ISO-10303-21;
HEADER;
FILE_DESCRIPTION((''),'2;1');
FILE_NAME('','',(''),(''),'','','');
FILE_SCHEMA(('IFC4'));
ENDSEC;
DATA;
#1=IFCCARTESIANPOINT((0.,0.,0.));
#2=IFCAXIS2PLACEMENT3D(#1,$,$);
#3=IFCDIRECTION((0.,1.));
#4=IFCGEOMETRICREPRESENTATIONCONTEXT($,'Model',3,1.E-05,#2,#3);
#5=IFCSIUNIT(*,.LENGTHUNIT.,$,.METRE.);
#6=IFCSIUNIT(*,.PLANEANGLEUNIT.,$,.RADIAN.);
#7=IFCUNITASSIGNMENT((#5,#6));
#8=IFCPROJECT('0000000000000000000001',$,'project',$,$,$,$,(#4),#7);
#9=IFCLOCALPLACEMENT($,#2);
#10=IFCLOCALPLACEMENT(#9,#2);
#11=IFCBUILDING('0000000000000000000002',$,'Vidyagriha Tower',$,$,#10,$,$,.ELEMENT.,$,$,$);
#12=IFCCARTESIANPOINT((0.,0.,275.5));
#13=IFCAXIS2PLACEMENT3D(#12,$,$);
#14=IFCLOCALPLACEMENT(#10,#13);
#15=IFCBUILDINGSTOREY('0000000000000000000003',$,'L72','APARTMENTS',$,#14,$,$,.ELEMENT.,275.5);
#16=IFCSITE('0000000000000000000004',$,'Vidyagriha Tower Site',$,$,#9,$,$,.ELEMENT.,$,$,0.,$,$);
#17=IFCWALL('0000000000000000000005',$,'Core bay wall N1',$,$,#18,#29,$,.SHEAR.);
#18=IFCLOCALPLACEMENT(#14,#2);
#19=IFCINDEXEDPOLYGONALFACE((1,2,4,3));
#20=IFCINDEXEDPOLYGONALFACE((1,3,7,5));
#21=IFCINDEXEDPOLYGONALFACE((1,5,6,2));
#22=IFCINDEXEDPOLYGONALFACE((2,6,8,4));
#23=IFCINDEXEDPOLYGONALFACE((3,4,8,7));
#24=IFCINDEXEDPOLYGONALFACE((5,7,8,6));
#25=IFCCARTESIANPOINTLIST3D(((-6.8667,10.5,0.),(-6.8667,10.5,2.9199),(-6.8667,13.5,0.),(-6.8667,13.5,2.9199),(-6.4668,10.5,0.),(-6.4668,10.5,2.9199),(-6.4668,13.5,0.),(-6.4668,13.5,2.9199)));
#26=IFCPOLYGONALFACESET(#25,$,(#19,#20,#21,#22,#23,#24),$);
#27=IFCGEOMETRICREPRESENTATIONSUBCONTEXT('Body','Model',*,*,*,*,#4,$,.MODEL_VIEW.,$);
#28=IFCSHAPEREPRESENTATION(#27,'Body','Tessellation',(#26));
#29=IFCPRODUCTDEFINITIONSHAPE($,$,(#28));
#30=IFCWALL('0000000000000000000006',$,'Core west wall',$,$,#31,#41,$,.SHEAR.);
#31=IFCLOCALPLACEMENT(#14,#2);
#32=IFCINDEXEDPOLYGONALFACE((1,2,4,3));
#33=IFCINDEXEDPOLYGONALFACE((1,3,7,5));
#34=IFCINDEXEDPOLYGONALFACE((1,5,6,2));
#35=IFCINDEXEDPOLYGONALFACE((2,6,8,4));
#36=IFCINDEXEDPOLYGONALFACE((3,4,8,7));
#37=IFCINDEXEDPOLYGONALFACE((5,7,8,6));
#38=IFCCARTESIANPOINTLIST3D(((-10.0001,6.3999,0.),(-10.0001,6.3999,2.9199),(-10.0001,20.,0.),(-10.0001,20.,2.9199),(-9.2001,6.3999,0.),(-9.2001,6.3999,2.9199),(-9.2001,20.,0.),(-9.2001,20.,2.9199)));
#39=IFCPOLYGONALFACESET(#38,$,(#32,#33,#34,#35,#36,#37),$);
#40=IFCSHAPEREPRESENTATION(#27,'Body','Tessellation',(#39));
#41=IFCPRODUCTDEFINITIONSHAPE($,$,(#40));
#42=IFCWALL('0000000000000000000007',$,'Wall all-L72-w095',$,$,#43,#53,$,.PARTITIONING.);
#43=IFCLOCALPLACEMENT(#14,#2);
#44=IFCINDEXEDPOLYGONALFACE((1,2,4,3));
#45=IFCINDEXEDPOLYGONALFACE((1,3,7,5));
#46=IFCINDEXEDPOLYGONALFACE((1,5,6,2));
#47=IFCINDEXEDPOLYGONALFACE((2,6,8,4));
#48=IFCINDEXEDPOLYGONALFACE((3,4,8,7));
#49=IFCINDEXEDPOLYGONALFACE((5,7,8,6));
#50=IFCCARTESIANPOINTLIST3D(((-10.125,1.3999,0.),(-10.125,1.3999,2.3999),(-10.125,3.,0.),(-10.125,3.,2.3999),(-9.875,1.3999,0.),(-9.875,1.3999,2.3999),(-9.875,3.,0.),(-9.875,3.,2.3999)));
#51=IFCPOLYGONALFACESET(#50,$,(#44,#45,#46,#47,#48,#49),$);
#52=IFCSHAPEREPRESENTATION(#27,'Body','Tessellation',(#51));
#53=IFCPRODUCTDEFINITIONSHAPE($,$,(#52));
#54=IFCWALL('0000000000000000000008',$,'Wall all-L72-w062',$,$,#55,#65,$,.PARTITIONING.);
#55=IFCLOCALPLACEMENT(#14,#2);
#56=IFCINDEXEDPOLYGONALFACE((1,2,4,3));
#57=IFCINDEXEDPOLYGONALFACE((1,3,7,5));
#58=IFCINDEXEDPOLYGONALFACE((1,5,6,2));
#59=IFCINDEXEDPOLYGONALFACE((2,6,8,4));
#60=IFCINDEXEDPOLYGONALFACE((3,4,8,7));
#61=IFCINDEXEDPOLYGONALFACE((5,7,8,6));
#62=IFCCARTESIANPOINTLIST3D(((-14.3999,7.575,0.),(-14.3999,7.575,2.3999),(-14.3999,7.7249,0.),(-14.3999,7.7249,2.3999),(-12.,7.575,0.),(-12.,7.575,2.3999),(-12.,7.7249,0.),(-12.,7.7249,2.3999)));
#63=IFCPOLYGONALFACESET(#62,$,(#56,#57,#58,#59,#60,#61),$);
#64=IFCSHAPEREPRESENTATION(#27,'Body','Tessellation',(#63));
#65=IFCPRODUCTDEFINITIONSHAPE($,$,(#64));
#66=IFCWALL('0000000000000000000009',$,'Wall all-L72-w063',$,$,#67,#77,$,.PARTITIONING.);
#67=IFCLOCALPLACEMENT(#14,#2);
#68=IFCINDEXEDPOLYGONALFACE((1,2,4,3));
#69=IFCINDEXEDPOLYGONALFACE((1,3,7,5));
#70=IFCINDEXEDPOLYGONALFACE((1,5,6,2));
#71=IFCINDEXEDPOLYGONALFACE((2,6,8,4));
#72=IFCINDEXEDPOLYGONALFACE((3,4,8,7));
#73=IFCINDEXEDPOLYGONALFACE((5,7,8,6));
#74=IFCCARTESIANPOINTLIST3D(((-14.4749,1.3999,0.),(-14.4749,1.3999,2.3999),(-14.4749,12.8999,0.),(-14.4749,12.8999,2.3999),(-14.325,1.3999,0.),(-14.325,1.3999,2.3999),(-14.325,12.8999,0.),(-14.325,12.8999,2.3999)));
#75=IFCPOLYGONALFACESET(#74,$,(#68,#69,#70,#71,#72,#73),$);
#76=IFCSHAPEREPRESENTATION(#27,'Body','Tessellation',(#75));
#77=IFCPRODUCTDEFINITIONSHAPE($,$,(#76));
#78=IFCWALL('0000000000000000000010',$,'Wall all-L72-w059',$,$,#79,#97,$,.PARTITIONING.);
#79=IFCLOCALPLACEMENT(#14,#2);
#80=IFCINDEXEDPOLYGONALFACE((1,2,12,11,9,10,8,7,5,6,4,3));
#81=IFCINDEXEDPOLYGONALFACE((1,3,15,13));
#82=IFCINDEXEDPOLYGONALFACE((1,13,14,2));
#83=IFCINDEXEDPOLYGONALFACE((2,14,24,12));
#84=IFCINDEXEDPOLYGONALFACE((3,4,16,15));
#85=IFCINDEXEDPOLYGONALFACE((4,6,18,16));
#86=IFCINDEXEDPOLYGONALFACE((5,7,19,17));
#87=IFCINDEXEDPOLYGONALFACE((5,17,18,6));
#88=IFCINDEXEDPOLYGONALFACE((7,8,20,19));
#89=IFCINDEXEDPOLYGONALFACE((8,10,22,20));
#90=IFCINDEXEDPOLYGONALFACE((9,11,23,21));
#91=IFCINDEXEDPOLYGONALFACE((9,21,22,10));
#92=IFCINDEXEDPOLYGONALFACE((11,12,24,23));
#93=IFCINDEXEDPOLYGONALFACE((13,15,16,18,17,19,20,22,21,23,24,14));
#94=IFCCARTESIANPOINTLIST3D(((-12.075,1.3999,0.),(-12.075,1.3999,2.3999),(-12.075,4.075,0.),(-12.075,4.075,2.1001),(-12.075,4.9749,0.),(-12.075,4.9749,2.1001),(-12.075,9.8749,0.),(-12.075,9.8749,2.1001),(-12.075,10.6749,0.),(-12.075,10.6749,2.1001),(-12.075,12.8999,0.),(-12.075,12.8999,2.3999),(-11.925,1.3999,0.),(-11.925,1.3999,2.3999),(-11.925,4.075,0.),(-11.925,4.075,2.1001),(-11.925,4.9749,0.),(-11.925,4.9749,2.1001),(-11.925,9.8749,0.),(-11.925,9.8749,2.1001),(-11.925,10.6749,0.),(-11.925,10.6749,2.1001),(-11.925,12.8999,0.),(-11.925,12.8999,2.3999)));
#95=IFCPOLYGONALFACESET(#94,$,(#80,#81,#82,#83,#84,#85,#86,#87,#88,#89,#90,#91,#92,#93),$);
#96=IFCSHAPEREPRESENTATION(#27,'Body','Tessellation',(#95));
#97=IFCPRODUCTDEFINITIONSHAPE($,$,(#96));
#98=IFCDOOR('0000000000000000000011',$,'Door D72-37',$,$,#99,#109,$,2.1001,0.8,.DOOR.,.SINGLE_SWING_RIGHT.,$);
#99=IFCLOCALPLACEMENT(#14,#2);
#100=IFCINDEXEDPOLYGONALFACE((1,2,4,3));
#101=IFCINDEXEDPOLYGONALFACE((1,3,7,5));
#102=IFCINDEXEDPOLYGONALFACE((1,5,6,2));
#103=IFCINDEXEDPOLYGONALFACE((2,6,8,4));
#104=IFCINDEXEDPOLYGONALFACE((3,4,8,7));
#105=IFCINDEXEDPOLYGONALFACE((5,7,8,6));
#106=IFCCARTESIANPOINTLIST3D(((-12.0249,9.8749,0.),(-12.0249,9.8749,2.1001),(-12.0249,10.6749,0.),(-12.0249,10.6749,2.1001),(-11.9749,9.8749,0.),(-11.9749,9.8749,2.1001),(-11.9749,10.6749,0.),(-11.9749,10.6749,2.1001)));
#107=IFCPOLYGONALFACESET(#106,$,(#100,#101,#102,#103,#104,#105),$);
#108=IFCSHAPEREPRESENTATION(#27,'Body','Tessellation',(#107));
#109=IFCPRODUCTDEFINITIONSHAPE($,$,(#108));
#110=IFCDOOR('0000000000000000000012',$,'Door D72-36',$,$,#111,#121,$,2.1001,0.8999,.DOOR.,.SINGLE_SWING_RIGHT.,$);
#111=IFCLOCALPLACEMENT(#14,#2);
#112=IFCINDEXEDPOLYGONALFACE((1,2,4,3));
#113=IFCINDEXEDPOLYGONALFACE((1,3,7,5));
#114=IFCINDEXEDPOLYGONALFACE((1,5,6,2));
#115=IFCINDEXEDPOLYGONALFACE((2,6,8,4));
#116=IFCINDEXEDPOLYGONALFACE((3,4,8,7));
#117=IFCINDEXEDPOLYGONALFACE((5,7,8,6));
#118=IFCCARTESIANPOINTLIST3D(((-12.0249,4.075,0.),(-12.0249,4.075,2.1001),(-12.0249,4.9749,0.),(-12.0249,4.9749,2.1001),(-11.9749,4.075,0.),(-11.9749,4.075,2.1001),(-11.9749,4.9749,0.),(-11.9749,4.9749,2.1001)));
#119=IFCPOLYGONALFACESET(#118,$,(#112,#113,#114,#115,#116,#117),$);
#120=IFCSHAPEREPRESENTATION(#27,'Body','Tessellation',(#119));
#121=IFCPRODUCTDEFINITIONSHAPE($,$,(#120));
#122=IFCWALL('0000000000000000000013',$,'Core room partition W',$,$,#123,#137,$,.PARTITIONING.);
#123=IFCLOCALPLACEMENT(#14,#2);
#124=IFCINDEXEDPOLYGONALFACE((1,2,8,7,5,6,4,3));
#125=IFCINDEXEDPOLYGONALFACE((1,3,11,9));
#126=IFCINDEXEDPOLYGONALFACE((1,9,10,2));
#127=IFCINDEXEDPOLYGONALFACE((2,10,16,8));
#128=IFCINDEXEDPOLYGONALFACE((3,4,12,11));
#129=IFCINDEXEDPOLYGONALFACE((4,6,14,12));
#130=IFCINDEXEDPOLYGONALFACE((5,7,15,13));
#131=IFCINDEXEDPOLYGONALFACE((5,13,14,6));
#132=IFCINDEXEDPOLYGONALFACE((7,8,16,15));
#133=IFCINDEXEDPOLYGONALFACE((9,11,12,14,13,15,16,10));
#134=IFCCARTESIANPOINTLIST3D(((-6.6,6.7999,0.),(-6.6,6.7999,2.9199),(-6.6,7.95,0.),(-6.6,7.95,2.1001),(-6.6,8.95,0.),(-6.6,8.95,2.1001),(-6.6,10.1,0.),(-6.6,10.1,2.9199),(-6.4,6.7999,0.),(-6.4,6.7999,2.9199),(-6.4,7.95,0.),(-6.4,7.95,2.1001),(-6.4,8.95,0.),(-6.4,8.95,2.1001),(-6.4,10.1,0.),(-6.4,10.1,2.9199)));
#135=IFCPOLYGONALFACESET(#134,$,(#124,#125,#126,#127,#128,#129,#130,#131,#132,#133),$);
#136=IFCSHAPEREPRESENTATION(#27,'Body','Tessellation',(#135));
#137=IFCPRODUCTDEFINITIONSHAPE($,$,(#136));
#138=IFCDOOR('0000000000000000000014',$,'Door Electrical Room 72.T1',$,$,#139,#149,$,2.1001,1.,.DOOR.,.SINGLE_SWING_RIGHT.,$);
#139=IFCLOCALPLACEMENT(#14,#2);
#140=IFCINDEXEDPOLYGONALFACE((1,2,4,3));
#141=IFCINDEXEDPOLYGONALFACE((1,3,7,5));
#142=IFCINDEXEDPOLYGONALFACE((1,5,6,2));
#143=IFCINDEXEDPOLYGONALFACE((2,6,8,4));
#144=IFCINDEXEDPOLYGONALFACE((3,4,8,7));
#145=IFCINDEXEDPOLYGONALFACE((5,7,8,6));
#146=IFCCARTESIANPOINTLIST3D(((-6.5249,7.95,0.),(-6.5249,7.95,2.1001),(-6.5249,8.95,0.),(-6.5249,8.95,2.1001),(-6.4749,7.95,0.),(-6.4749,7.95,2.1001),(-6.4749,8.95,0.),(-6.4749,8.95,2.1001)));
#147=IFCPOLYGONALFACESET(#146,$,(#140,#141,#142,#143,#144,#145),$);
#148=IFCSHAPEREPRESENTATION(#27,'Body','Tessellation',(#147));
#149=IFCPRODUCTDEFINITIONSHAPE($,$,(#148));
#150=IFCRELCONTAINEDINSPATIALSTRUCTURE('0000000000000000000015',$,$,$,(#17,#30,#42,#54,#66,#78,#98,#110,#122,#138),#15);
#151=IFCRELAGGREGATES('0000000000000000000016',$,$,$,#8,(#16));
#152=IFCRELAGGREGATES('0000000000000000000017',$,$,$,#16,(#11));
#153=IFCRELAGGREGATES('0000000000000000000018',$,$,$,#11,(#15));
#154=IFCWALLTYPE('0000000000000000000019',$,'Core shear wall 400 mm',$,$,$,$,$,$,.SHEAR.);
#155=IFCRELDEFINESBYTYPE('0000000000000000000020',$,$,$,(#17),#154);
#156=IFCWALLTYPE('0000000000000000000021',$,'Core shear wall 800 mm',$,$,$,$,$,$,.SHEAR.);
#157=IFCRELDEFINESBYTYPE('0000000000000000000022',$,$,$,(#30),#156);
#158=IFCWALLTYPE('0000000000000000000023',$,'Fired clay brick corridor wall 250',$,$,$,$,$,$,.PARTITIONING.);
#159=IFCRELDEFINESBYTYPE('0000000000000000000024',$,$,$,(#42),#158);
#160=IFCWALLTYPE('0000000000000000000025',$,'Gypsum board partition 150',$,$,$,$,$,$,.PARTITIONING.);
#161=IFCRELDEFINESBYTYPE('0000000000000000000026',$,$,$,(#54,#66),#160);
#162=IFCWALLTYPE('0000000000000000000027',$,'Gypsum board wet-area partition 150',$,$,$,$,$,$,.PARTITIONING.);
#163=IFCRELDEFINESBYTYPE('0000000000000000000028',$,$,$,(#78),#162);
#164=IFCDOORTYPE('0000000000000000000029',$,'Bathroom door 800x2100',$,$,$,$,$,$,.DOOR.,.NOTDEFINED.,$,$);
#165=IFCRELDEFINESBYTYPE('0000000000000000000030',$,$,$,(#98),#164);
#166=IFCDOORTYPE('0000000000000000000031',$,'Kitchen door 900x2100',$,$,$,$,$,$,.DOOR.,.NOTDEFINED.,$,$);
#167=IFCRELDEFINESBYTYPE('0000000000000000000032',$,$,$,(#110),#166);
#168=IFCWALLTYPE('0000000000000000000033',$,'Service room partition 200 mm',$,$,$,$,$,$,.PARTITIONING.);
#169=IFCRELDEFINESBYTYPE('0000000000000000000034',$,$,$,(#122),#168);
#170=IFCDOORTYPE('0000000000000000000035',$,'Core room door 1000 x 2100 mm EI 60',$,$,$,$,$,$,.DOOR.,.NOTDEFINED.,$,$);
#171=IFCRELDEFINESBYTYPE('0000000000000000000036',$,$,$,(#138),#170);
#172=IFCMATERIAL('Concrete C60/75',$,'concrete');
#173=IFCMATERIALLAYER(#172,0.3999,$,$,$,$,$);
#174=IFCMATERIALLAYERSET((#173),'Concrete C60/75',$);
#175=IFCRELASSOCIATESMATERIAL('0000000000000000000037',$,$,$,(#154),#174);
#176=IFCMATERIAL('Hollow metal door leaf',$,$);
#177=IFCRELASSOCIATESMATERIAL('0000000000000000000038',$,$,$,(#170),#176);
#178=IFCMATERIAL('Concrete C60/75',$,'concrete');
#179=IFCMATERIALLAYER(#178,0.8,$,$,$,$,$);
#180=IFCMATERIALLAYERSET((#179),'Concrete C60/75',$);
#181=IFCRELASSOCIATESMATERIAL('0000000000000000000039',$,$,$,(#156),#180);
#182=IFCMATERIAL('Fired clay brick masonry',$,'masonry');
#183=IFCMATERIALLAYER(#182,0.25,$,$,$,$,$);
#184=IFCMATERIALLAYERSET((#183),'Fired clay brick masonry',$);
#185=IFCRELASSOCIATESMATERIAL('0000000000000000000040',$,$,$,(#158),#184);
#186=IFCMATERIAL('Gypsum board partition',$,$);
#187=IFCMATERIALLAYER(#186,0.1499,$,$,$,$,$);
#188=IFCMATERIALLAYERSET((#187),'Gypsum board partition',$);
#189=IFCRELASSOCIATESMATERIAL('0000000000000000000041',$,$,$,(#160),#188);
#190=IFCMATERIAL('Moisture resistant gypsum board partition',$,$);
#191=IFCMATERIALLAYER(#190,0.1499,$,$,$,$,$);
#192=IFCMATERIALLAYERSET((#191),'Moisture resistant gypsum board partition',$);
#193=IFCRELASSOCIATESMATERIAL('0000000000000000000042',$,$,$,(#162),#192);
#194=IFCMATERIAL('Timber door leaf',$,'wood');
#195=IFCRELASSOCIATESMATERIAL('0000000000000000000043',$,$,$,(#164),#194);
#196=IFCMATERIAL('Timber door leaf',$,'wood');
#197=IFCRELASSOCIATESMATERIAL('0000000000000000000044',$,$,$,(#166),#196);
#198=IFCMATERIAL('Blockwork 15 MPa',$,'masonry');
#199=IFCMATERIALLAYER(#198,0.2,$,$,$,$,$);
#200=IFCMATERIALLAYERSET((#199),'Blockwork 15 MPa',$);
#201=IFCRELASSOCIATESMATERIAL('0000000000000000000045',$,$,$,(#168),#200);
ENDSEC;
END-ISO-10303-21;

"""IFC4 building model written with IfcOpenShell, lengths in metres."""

from ifc_helpers import new_model, si_unit, direction, frame, frame_2d, origin, place, context, subcontext, project, spatial, rectangle, extrude, material, layer, layer_set, type_object, element, fill, save


model = new_model("IFC4")

# Units and contexts
model_context = context("Model", 3, precision=1e-05, world=origin(), true_north=direction((0.0, 1.0)))
body_context = subcontext(model_context, "Body", "Model", "MODEL_VIEW")
ifc_project = project(units=[si_unit("LENGTHUNIT", "METRE"), si_unit("PLANEANGLEUNIT", "RADIAN")], contexts=[model_context])

# Site, building, storey
site_placement = place(None, origin())
site = spatial("IfcSite", under=ifc_project, at=site_placement, Name="Vidyagriha Tower Site", CompositionType="ELEMENT", RefElevation=0.0)
building_placement = place(site_placement, origin())
building = spatial("IfcBuilding", under=site, at=building_placement, Name="Vidyagriha Tower", CompositionType="ELEMENT")
storey_placement = place(building_placement, frame((0.0, 0.0, 275.5)))
storey = spatial("IfcBuildingStorey", under=building, at=storey_placement, Name="L72", Description="APARTMENTS", CompositionType="ELEMENT", Elevation=275.5)

# Shared definitions
ifc_material_1 = material(Name="Concrete C60/75", Category="concrete")
ifc_layer_1 = layer(ifc_material_1, 0.3999)
ifc_layer_set_1 = layer_set([ifc_layer_1], Name="Concrete C60/75")
wall_type_1 = type_object("IfcWallType", Name="Core shear wall 400 mm", PredefinedType="SHEAR", material=ifc_layer_set_1)
ifc_material_2 = material(Name="Hollow metal door leaf")
door_type_1 = type_object("IfcDoorType", Name="Core room door 1000 x 2100 mm EI 60", OperationType="NOTDEFINED", PredefinedType="DOOR", material=ifc_material_2)

# Walls
wall_1_placement = place(storey_placement, frame((-6.6667, 10.5, 0.0), z_axis=(0.0, 0.0, 1.0), x_axis=(0.0, 1.0, 0.0)))
element("IfcWall", 1, at=wall_1_placement, inside=storey, type_object=wall_type_1, Name="Core bay wall N1", PredefinedType="SHEAR", context=body_context, shape_type="SweptSolid", body=[
    extrude(rectangle(XDim=3.0, YDim=0.3999, at=frame_2d((1.5, 0.0))), origin(), (0.0, 0.0, 1.0), 2.9199),
])
ifc_material_3 = material(Name="Concrete C60/75", Category="concrete")
ifc_layer_2 = layer(ifc_material_3, 0.8)
ifc_layer_set_2 = layer_set([ifc_layer_2], Name="Concrete C60/75")
wall_type_2 = type_object("IfcWallType", Name="Core shear wall 800 mm", PredefinedType="SHEAR", material=ifc_layer_set_2)
wall_2_placement = place(storey_placement, frame((-9.6001, 6.3999, 0.0), z_axis=(0.0, 0.0, 1.0), x_axis=(0.0, 1.0, 0.0)))
element("IfcWall", 2, at=wall_2_placement, inside=storey, type_object=wall_type_2, Name="Core west wall", PredefinedType="SHEAR", context=body_context, shape_type="SweptSolid", body=[
    extrude(rectangle(XDim=13.6001, YDim=0.8, at=frame_2d((6.8, 0.0))), origin(), (0.0, 0.0, 1.0), 2.9199),
])
ifc_material_4 = material(Name="Fired clay brick masonry", Category="masonry")
ifc_layer_3 = layer(ifc_material_4, 0.25)
ifc_layer_set_3 = layer_set([ifc_layer_3], Name="Fired clay brick masonry")
wall_type_3 = type_object("IfcWallType", Name="Fired clay brick corridor wall 250", PredefinedType="PARTITIONING", material=ifc_layer_set_3)
wall_3_placement = place(storey_placement, frame((-10.0, 3.0, 0.0), z_axis=(0.0, 0.0, 1.0), x_axis=(0.0, -1.0, 0.0)))
element("IfcWall", 3, at=wall_3_placement, inside=storey, type_object=wall_type_3, Name="Wall all-L72-w095", PredefinedType="PARTITIONING", context=body_context, shape_type="SweptSolid", body=[
    extrude(rectangle(XDim=1.6001, YDim=0.25, at=frame_2d((0.8, 0.0))), origin(), (0.0, 0.0, 1.0), 2.3999),
])
ifc_material_5 = material(Name="Gypsum board partition")
ifc_layer_4 = layer(ifc_material_5, 0.1499)
ifc_layer_set_4 = layer_set([ifc_layer_4], Name="Gypsum board partition")
wall_type_4 = type_object("IfcWallType", Name="Gypsum board partition 150", PredefinedType="PARTITIONING", material=ifc_layer_set_4)
wall_4_placement = place(storey_placement, frame((-14.3999, 7.6499, 0.0)))
element("IfcWall", 4, at=wall_4_placement, inside=storey, type_object=wall_type_4, Name="Wall all-L72-w062", PredefinedType="PARTITIONING", context=body_context, shape_type="SweptSolid", body=[
    extrude(rectangle(XDim=2.3999, YDim=0.1499, at=frame_2d((1.2, 0.0))), origin(), (0.0, 0.0, 1.0), 2.3999),
])
wall_5_placement = place(storey_placement, frame((-14.3999, 1.3999, 0.0), z_axis=(0.0, 0.0, 1.0), x_axis=(0.0, 1.0, 0.0)))
element("IfcWall", 5, at=wall_5_placement, inside=storey, type_object=wall_type_4, Name="Wall all-L72-w063", PredefinedType="PARTITIONING", context=body_context, shape_type="SweptSolid", body=[
    extrude(rectangle(XDim=11.5, YDim=0.1499, at=frame_2d((5.75, 0.0))), origin(), (0.0, 0.0, 1.0), 2.3999),
])

# Wall, openings, doors
ifc_material_6 = material(Name="Moisture resistant gypsum board partition")
ifc_layer_5 = layer(ifc_material_6, 0.1499)
ifc_layer_set_5 = layer_set([ifc_layer_5], Name="Moisture resistant gypsum board partition")
wall_type_5 = type_object("IfcWallType", Name="Gypsum board wet-area partition 150", PredefinedType="PARTITIONING", material=ifc_layer_set_5)
wall_6_placement = place(storey_placement, frame((-12.0, 1.3999, 0.0), z_axis=(0.0, 0.0, 1.0), x_axis=(0.0, 1.0, 0.0)))
wall_6 = element("IfcWall", 6, at=wall_6_placement, inside=storey, type_object=wall_type_5, Name="Wall all-L72-w059", PredefinedType="PARTITIONING", context=body_context, shape_type="SweptSolid", body=[
    extrude(rectangle(XDim=11.5, YDim=0.1499, at=frame_2d((5.75, 0.0))), origin(), (0.0, 0.0, 1.0), 2.3999),
])
opening_1_placement = place(wall_6_placement, frame((2.675, 0.0, 0.0)))
opening_1 = element("IfcOpeningElement", 7, at=opening_1_placement, cuts=wall_6, PredefinedType="OPENING", context=body_context, shape_type="SweptSolid", body=[
    extrude(rectangle(XDim=0.8999, YDim=2.1001, at=frame_2d((0.45, 1.05))), frame((0.0, 0.085, 0.0), z_axis=(0.0, -1.0, 0.0), x_axis=(1.0, 0.0, 0.0)), (0.0, 0.0, 1.0), 0.1699),
])
opening_2_placement = place(wall_6_placement, frame((8.4751, 0.0, 0.0)))
opening_2 = element("IfcOpeningElement", 8, at=opening_2_placement, cuts=wall_6, PredefinedType="OPENING", context=body_context, shape_type="SweptSolid", body=[
    extrude(rectangle(XDim=0.8, YDim=2.1001, at=frame_2d((0.3999, 1.05))), frame((0.0, 0.085, 0.0), z_axis=(0.0, -1.0, 0.0), x_axis=(1.0, 0.0, 0.0)), (0.0, 0.0, 1.0), 0.1699),
])
ifc_material_7 = material(Name="Timber door leaf", Category="wood")
door_type_2 = type_object("IfcDoorType", Name="Bathroom door 800x2100", OperationType="NOTDEFINED", PredefinedType="DOOR", material=ifc_material_7)
door_1_placement = place(opening_2_placement, origin())
door_1 = element("IfcDoor", 9, at=door_1_placement, inside=storey, type_object=door_type_2, Name="Door D72-37", OperationType="SINGLE_SWING_RIGHT", OverallHeight=2.1001, OverallWidth=0.8, PredefinedType="DOOR", context=body_context, shape_type="SweptSolid", body=[
    extrude(rectangle(XDim=0.8, YDim=2.1001, at=frame_2d((0.3999, 1.05))), frame((0.0, 0.0249, 0.0), z_axis=(0.0, -1.0, 0.0), x_axis=(1.0, 0.0, 0.0)), (0.0, 0.0, 1.0), 0.05),
])
fill(opening_2, door_1)
ifc_material_8 = material(Name="Timber door leaf", Category="wood")
door_type_3 = type_object("IfcDoorType", Name="Kitchen door 900x2100", OperationType="NOTDEFINED", PredefinedType="DOOR", material=ifc_material_8)
door_2_placement = place(opening_1_placement, origin())
door_2 = element("IfcDoor", 10, at=door_2_placement, inside=storey, type_object=door_type_3, Name="Door D72-36", OperationType="SINGLE_SWING_RIGHT", OverallHeight=2.1001, OverallWidth=0.8999, PredefinedType="DOOR", context=body_context, shape_type="SweptSolid", body=[
    extrude(rectangle(XDim=0.8999, YDim=2.1001, at=frame_2d((0.45, 1.05))), frame((0.0, 0.0249, 0.0), z_axis=(0.0, -1.0, 0.0), x_axis=(1.0, 0.0, 0.0)), (0.0, 0.0, 1.0), 0.05),
])
fill(opening_1, door_2)

# Wall, opening, door
ifc_material_9 = material(Name="Blockwork 15 MPa", Category="masonry")
ifc_layer_6 = layer(ifc_material_9, 0.2)
ifc_layer_set_6 = layer_set([ifc_layer_6], Name="Blockwork 15 MPa")
wall_type_6 = type_object("IfcWallType", Name="Service room partition 200 mm", PredefinedType="PARTITIONING", material=ifc_layer_set_6)
wall_7_placement = place(storey_placement, frame((-6.5, 6.8, 0.0), z_axis=(0.0, 0.0, 1.0), x_axis=(0.0, 1.0, 0.0)))
wall_7 = element("IfcWall", 11, at=wall_7_placement, inside=storey, type_object=wall_type_6, Name="Core room partition W", PredefinedType="PARTITIONING", context=body_context, shape_type="SweptSolid", body=[
    extrude(rectangle(XDim=3.3, YDim=0.2, at=frame_2d((1.6499, 0.0))), origin(), (0.0, 0.0, 1.0), 2.9199),
])
opening_3_placement = place(wall_7_placement, frame((1.1499, 0.0, 0.0)))
opening_3 = element("IfcOpeningElement", 12, at=opening_3_placement, cuts=wall_7, PredefinedType="OPENING", context=body_context, shape_type="SweptSolid", body=[
    extrude(rectangle(XDim=1.0, YDim=2.1001, at=frame_2d((0.5, 1.05))), frame((0.0, 0.1099, 0.0), z_axis=(0.0, -1.0, 0.0), x_axis=(1.0, 0.0, 0.0)), (0.0, 0.0, 1.0), 0.22),
])
door_3_placement = place(opening_3_placement, origin())
door_3 = element("IfcDoor", 13, at=door_3_placement, inside=storey, type_object=door_type_1, Name="Door Electrical Room 72.T1", OperationType="SINGLE_SWING_RIGHT", OverallHeight=2.1001, OverallWidth=1.0, PredefinedType="DOOR", context=body_context, shape_type="SweptSolid", body=[
    extrude(rectangle(XDim=1.0, YDim=2.1001, at=frame_2d((0.5, 1.05))), frame((0.0, 0.0249, 0.0), z_axis=(0.0, -1.0, 0.0), x_axis=(1.0, 0.0, 0.0)), (0.0, 0.0, 1.0), 0.05),
])
fill(opening_3, door_3)

save(model, "model.ifc")
